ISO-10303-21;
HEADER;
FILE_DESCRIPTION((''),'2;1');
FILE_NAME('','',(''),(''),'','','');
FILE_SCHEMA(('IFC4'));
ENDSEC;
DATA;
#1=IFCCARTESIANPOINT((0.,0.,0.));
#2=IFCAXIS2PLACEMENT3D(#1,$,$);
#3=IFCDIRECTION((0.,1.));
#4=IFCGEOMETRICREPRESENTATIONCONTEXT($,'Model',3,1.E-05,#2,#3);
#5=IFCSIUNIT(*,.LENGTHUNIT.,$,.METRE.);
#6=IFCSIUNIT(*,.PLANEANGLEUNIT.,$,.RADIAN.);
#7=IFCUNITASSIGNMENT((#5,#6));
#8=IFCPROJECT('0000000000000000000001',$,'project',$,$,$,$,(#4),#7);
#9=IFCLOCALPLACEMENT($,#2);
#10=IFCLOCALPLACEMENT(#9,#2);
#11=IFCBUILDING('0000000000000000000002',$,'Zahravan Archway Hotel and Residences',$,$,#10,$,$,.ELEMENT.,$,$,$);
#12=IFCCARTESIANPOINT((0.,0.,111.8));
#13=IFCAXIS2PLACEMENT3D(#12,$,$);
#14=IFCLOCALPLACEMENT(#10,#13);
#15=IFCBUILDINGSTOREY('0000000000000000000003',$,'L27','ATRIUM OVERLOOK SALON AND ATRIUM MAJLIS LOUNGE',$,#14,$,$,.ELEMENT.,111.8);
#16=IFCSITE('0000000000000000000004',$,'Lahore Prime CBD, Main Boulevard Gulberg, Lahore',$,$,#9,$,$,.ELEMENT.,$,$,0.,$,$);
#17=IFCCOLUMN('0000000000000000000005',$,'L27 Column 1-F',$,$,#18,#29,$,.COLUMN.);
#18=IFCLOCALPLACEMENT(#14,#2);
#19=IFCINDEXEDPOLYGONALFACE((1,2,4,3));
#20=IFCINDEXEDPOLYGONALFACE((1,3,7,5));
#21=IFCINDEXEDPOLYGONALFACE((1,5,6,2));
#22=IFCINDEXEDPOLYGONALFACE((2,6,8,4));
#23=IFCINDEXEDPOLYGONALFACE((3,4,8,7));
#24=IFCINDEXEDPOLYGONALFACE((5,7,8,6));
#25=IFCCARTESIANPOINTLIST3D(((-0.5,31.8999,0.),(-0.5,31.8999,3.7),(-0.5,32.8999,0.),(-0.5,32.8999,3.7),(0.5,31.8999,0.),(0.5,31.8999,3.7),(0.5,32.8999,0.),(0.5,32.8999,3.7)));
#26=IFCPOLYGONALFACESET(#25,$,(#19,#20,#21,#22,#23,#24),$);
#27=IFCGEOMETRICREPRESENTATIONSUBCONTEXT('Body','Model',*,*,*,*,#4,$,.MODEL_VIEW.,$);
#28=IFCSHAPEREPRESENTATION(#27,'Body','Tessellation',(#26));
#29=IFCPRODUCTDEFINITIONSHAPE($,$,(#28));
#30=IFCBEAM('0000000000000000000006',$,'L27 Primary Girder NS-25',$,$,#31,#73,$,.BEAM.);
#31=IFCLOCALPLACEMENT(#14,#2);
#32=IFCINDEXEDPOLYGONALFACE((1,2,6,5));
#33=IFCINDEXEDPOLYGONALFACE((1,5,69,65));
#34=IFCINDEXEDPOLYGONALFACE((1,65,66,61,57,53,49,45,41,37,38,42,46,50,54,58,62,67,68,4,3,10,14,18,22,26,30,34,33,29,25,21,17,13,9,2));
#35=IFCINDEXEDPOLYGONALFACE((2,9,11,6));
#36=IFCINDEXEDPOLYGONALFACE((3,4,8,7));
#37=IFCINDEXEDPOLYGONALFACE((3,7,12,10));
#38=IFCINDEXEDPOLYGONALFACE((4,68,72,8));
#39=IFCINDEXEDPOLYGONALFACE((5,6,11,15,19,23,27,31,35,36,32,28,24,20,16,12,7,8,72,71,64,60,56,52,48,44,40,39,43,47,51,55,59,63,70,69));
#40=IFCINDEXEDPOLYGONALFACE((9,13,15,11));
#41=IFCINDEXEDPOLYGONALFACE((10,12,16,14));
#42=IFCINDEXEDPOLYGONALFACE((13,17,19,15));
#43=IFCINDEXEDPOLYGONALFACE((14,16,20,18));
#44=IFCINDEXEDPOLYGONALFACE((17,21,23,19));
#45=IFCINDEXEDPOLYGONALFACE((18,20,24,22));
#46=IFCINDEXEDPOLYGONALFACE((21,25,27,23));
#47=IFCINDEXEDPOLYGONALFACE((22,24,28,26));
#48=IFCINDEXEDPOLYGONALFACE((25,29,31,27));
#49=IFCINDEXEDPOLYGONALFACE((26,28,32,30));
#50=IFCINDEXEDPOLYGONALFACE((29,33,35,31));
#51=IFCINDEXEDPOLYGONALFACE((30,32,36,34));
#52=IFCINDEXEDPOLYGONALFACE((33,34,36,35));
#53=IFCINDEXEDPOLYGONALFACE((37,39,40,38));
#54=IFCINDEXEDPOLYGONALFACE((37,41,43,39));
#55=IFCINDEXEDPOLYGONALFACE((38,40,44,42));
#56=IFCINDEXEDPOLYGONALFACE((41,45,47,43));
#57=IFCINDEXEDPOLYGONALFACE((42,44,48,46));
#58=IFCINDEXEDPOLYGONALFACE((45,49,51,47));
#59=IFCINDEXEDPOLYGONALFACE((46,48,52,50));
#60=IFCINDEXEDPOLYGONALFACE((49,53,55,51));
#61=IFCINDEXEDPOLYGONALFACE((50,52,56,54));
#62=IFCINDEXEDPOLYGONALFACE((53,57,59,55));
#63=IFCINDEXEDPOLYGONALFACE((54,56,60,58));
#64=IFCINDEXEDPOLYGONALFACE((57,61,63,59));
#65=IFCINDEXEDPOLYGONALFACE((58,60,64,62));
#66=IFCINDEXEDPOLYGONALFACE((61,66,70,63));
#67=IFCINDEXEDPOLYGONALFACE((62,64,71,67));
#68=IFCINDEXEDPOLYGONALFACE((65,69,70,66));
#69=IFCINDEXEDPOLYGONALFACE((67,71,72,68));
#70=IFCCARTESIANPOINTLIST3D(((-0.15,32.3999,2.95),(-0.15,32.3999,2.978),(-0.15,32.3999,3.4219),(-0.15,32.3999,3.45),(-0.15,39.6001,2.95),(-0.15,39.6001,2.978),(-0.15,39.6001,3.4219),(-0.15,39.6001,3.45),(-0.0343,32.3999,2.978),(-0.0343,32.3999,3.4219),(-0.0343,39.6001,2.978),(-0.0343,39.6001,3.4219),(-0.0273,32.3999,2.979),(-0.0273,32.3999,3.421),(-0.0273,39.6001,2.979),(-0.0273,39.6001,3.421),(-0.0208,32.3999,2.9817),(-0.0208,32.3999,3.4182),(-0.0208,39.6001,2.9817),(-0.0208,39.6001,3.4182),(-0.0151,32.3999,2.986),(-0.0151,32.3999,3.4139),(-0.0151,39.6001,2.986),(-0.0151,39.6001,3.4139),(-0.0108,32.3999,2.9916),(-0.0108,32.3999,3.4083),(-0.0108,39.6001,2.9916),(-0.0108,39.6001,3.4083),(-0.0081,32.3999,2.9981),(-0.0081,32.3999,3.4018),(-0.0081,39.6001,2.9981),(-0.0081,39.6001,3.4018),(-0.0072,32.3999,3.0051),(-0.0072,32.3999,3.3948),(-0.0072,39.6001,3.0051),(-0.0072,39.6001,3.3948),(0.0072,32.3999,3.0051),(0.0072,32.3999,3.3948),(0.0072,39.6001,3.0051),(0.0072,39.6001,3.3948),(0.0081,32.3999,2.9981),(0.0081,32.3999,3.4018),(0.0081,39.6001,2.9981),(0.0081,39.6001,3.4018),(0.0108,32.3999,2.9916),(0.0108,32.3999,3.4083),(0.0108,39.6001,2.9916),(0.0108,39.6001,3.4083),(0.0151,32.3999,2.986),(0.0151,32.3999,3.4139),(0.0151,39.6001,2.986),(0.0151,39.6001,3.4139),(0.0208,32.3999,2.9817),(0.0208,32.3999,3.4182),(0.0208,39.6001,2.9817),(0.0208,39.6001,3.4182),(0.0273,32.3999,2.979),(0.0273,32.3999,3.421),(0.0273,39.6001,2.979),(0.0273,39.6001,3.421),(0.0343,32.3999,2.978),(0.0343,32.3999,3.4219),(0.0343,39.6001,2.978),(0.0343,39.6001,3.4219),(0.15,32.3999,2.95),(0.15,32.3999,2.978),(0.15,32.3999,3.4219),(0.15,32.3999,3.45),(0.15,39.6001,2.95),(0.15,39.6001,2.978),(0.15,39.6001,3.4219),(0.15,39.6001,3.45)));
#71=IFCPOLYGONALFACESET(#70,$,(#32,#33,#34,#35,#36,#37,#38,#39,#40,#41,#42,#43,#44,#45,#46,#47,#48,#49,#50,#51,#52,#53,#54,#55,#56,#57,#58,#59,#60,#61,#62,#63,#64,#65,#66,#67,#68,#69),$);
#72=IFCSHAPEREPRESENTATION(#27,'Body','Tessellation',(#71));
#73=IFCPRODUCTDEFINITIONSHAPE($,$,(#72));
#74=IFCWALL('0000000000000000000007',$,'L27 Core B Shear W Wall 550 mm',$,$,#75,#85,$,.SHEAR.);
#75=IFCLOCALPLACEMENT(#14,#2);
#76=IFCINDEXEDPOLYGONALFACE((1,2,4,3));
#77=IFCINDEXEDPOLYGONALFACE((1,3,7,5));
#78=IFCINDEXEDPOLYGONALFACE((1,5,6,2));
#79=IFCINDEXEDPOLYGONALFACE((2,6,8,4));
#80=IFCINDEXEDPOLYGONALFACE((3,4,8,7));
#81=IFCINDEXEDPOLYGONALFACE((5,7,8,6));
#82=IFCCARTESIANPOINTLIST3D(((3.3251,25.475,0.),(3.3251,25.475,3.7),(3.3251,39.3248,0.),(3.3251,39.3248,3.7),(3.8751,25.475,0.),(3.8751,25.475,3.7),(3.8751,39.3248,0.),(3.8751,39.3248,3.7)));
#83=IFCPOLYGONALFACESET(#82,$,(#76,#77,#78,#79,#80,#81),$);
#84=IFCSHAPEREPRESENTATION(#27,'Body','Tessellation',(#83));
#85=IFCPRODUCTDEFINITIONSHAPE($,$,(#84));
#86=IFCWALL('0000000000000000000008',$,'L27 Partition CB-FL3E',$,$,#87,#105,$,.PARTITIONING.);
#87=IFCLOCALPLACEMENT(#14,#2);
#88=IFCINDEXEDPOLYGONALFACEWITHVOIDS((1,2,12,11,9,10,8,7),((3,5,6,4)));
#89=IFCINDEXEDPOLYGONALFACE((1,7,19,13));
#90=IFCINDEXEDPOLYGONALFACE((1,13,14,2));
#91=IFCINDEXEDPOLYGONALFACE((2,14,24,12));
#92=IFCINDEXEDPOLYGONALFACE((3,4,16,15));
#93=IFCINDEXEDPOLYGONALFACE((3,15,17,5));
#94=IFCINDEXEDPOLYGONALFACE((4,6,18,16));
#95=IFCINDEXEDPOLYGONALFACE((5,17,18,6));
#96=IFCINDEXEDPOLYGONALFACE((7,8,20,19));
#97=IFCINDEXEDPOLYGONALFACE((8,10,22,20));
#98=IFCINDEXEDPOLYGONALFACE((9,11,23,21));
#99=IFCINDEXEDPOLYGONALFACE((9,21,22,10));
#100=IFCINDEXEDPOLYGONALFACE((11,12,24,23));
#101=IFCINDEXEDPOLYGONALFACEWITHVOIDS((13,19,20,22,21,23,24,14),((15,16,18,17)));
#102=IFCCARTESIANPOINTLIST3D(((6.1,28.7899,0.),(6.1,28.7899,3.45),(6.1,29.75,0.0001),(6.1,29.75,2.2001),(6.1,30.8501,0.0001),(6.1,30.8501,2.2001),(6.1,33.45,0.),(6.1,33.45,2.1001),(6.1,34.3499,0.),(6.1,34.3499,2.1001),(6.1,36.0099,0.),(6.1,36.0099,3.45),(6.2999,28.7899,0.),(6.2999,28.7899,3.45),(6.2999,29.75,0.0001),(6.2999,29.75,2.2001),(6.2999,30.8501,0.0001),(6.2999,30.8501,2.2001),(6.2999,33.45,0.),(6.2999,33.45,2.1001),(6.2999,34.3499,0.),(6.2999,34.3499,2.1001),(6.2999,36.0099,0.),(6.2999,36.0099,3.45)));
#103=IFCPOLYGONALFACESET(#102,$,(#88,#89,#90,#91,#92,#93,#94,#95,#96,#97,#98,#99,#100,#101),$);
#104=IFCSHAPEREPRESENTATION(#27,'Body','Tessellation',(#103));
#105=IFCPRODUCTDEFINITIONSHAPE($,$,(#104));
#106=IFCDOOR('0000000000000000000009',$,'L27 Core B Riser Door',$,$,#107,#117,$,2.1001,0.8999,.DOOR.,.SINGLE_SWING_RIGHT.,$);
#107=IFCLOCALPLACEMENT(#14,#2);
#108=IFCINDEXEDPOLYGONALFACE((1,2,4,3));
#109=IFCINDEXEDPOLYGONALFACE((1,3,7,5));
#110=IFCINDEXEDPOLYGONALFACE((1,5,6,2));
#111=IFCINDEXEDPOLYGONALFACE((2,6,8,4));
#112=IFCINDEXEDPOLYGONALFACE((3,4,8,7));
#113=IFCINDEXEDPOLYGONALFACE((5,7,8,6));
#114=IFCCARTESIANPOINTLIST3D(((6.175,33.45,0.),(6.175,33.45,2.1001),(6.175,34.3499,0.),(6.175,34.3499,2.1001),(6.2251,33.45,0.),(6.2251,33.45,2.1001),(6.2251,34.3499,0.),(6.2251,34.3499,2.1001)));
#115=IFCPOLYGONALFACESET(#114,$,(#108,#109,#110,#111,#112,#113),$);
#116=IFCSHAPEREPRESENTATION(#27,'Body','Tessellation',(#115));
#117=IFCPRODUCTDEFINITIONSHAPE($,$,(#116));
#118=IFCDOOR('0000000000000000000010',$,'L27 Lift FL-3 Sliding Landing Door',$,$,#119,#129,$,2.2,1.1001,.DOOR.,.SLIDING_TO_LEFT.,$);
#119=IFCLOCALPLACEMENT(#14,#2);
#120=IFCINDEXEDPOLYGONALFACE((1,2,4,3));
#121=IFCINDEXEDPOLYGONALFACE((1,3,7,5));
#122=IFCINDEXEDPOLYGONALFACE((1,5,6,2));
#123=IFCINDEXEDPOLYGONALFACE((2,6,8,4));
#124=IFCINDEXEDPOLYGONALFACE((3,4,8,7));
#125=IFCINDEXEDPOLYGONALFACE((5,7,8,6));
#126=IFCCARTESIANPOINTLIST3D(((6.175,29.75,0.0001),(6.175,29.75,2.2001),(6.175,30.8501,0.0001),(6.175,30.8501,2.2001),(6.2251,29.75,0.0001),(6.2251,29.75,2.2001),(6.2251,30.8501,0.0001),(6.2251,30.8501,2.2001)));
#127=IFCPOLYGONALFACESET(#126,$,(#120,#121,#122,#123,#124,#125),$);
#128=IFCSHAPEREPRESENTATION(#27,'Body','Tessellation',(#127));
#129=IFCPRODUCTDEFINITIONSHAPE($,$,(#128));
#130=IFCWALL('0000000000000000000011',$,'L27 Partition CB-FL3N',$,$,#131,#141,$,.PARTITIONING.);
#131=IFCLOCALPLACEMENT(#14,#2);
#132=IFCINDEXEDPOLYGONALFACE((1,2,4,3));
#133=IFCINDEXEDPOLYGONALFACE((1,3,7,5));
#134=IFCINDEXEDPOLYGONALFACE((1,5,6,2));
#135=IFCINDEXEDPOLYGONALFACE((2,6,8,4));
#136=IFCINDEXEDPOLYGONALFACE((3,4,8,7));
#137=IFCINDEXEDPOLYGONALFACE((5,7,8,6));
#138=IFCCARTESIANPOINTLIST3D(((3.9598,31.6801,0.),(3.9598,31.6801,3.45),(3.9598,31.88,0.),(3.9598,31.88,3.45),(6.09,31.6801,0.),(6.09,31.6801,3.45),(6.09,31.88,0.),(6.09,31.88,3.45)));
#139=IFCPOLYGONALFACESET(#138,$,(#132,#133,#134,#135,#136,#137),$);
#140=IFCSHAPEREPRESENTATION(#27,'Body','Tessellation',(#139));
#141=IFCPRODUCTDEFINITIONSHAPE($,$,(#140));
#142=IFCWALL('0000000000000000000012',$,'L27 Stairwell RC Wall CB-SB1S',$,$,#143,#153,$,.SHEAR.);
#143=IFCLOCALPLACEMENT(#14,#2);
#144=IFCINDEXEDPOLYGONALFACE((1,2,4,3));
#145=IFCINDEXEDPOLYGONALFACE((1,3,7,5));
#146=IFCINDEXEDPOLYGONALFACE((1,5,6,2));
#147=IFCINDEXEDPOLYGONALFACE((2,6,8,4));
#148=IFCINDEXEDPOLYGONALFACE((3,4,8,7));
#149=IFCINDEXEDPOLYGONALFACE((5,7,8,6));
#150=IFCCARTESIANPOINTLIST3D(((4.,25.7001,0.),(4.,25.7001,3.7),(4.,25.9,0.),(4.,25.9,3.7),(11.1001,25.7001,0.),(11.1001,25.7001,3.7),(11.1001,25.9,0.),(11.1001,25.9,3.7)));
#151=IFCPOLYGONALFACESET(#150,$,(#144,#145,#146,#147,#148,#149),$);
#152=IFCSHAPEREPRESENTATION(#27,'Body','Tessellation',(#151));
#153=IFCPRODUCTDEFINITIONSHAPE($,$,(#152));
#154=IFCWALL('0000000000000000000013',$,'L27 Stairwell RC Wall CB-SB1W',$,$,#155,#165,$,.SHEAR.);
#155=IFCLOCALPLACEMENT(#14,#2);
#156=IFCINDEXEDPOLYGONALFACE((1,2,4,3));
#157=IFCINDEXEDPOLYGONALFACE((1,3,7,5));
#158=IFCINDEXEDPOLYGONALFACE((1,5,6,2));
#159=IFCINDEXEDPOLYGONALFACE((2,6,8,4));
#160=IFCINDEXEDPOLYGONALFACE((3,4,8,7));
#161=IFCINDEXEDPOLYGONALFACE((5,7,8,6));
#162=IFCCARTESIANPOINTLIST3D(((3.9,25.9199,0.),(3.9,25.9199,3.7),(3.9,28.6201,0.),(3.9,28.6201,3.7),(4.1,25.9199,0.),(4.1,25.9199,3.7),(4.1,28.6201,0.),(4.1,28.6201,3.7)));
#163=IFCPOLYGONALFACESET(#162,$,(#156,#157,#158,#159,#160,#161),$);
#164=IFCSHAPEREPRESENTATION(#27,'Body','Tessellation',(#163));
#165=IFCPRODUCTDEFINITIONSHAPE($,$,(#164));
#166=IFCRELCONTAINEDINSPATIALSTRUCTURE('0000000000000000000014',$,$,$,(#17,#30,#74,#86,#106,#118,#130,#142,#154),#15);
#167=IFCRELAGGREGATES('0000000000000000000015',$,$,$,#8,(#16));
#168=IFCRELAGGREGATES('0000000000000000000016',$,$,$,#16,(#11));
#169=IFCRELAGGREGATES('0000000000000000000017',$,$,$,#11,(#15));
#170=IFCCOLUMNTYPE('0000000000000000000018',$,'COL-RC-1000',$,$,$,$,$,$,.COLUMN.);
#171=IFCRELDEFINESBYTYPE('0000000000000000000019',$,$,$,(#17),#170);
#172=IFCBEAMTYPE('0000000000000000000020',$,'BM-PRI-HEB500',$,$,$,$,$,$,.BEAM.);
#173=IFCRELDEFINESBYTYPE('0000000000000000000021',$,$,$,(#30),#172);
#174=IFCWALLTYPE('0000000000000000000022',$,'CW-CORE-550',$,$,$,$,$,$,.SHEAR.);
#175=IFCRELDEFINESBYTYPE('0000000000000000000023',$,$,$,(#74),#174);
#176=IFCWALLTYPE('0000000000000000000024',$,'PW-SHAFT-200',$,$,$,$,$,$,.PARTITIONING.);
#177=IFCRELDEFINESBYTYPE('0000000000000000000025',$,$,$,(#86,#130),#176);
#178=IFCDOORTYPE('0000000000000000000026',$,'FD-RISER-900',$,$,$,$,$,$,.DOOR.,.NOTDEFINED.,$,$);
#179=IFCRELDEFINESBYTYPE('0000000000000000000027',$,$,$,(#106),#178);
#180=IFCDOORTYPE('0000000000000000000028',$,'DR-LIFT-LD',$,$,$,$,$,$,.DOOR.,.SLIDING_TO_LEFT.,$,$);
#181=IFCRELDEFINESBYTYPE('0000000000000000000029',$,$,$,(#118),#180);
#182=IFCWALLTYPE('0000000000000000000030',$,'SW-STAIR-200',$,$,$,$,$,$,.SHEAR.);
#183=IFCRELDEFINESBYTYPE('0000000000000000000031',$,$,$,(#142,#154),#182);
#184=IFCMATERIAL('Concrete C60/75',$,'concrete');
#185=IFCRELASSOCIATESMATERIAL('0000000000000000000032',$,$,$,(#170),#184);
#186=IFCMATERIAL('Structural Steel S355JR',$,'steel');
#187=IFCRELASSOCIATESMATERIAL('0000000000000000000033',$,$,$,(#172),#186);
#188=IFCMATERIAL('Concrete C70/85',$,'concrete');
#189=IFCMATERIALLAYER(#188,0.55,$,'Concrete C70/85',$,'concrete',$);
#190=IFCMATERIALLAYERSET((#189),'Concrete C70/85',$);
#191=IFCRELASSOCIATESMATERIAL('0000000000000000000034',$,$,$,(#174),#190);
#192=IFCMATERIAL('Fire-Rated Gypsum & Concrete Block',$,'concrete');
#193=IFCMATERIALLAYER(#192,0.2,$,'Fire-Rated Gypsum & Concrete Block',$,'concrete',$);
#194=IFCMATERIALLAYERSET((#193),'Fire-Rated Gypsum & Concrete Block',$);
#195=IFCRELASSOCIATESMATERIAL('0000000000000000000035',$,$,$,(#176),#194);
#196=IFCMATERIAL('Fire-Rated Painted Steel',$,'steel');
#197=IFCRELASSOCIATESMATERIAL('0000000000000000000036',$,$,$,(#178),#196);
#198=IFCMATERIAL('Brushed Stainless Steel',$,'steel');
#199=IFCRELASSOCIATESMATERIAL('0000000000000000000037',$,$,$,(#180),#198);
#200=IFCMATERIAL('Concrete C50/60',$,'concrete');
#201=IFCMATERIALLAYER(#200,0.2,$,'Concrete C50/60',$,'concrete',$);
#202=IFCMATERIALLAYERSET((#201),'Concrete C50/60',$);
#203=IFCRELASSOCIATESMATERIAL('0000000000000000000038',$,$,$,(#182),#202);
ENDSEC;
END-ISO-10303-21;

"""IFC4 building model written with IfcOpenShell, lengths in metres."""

from ifc_helpers import new_model, si_unit, direction, frame, frame_2d, origin, origin_2d, place, context, subcontext, project, spatial, rectangle, i_section, extrude, source, transform, mapped, material, layer, layer_set, material_profile, profile_set, type_object, type_shapes, element, fill, save


model = new_model("IFC4")

# Units and contexts
model_context = context("Model", 3, precision=1e-05, world=origin(), true_north=direction((0.0, 1.0)))
body_context = subcontext(model_context, "Body", "Model", "MODEL_VIEW")
ifc_project = project(units=[si_unit("LENGTHUNIT", "METRE"), si_unit("PLANEANGLEUNIT", "RADIAN")], contexts=[model_context])

# Site, building, storey
site_placement = place(None, origin())
site = spatial("IfcSite", under=ifc_project, at=site_placement, Name="Lahore Prime CBD, Main Boulevard Gulberg, Lahore", CompositionType="ELEMENT", RefElevation=0.0)
building_placement = place(site_placement, origin())
building = spatial("IfcBuilding", under=site, at=building_placement, Name="Zahravan Archway Hotel and Residences", CompositionType="ELEMENT")
storey_placement = place(building_placement, frame((0.0, 0.0, 111.8)))
storey = spatial("IfcBuildingStorey", under=building, at=storey_placement, Name="L27", Description="ATRIUM OVERLOOK SALON AND ATRIUM MAJLIS LOUNGE", CompositionType="ELEMENT", Elevation=111.8)

# Column
ifc_material_1 = material(Name="Concrete C60/75", Category="concrete")
ifc_material_profile_1 = material_profile(ifc_material_1, rectangle(XDim=1.0, YDim=1.0, at=origin_2d()), Name="RC-COL-1000x1000", Category="concrete")
ifc_profile_set_1 = profile_set([ifc_material_profile_1], Name="Concrete C60/75")
column_type = type_object("IfcColumnType", Name="COL-RC-1000", PredefinedType="COLUMN", material=ifc_profile_set_1)
shared_shape_1 = source(origin(), body_context, "Body", "SweptSolid", [
    extrude(rectangle(XDim=1.0, YDim=1.0, at=origin_2d()), origin(), (0.0, 0.0, 1.0), 3.7),
])
type_shapes(column_type, [shared_shape_1])
column_placement = place(storey_placement, frame((0.0, 32.3999, 0.0), z_axis=(0.0, 0.0, 1.0), x_axis=(1.0, 0.0, 0.0)))
element("IfcColumn", 1, at=column_placement, inside=storey, type_object=column_type, Name="L27 Column 1-F", PredefinedType="COLUMN", context=body_context, shape_type="MappedRepresentation", body=[
    mapped(shared_shape_1, transform((0.0, 0.0, 0.0), scale=1.0)),
])

# Beam
ifc_material_2 = material(Name="Structural Steel S355JR", Category="steel")
ifc_material_profile_2 = material_profile(ifc_material_2, i_section(OverallWidth=0.3, OverallDepth=0.5, WebThickness=0.0144, FlangeThickness=0.0281, FilletRadius=0.0271, at=origin_2d()), Name="HEB 500", Category="steel")
ifc_profile_set_2 = profile_set([ifc_material_profile_2], Name="Structural Steel S355JR")
beam_type = type_object("IfcBeamType", Name="BM-PRI-HEB500", PredefinedType="BEAM", material=ifc_profile_set_2)
shared_shape_2 = source(origin(), body_context, "Body", "SweptSolid", [
    extrude(i_section(OverallWidth=0.3, OverallDepth=0.5, WebThickness=0.0144, FlangeThickness=0.0281, FilletRadius=0.0271, at=origin_2d()), origin(), (0.0, 0.0, 1.0), 7.2002),
])
type_shapes(beam_type, [shared_shape_2])
beam_placement = place(storey_placement, frame((0.0, 32.3999, 3.2), z_axis=(0.0, 1.0, 0.0), x_axis=(-1.0, 0.0, 0.0)))
element("IfcBeam", 2, at=beam_placement, inside=storey, type_object=beam_type, Name="L27 Primary Girder NS-25", PredefinedType="BEAM", context=body_context, shape_type="MappedRepresentation", body=[
    mapped(shared_shape_2, transform((0.0, 0.0, 0.0), scale=1.0)),
])

# Wall
ifc_material_3 = material(Name="Concrete C70/85", Category="concrete")
ifc_layer_1 = layer(ifc_material_3, 0.55, Name="Concrete C70/85", Category="concrete")
ifc_layer_set_1 = layer_set([ifc_layer_1], Name="Concrete C70/85")
wall_type_1 = type_object("IfcWallType", Name="CW-CORE-550", PredefinedType="SHEAR", material=ifc_layer_set_1)
wall_1_placement = place(storey_placement, frame((3.6001, 25.4751, 0.0), z_axis=(0.0, 0.0, 1.0), x_axis=(0.0, 1.0, 0.0)))
element("IfcWall", 3, at=wall_1_placement, inside=storey, type_object=wall_type_1, Name="L27 Core B Shear W Wall 550 mm", PredefinedType="SHEAR", context=body_context, shape_type="SweptSolid", body=[
    extrude(rectangle(XDim=13.8499, YDim=0.55, at=frame_2d((6.9248, 0.0))), origin(), (0.0, 0.0, 1.0), 3.7),
])

# Wall, openings, doors
ifc_material_4 = material(Name="Fire-Rated Gypsum & Concrete Block", Category="concrete")
ifc_layer_2 = layer(ifc_material_4, 0.2, Name="Fire-Rated Gypsum & Concrete Block", Category="concrete")
ifc_layer_set_2 = layer_set([ifc_layer_2], Name="Fire-Rated Gypsum & Concrete Block")
wall_type_2 = type_object("IfcWallType", Name="PW-SHAFT-200", PredefinedType="PARTITIONING", material=ifc_layer_set_2)
wall_2_placement = place(storey_placement, frame((6.2, 28.79, 0.0), z_axis=(0.0, 0.0, 1.0), x_axis=(0.0, 1.0, 0.0)))
wall_2 = element("IfcWall", 4, at=wall_2_placement, inside=storey, type_object=wall_type_2, Name="L27 Partition CB-FL3E", PredefinedType="PARTITIONING", context=body_context, shape_type="SweptSolid", body=[
    extrude(rectangle(XDim=7.22, YDim=0.2, at=frame_2d((3.6099, 0.0))), origin(), (0.0, 0.0, 1.0), 3.45),
])
opening_1_placement = place(wall_2_placement, frame((4.6599, 0.0, 0.0)))
opening_1 = element("IfcOpeningElement", 5, at=opening_1_placement, cuts=wall_2, PredefinedType="OPENING", context=body_context, shape_type="SweptSolid", body=[
    extrude(rectangle(XDim=0.8999, YDim=2.1001, at=frame_2d((0.45, 1.05))), frame((0.0, 0.1099, 0.0), z_axis=(0.0, -1.0, 0.0), x_axis=(1.0, 0.0, 0.0)), (0.0, 0.0, 1.0), 0.22),
])
opening_2_placement = place(wall_2_placement, frame((0.96, 0.0, 0.0)))
opening_2 = element("IfcOpeningElement", 6, at=opening_2_placement, cuts=wall_2, PredefinedType="OPENING", context=body_context, shape_type="SweptSolid", body=[
    extrude(rectangle(XDim=1.1001, YDim=2.2, at=frame_2d((0.55, 1.1001))), frame((0.0, 0.1099, 0.0), z_axis=(0.0, -1.0, 0.0), x_axis=(1.0, 0.0, 0.0)), (0.0, 0.0, 1.0), 0.22),
])
ifc_material_5 = material(Name="Fire-Rated Painted Steel", Category="steel")
door_type_1 = type_object("IfcDoorType", Name="FD-RISER-900", OperationType="NOTDEFINED", PredefinedType="DOOR", material=ifc_material_5)
shared_shape_3 = source(origin(), body_context, "Body", "SweptSolid", [
    extrude(rectangle(XDim=0.8999, YDim=2.1001, at=frame_2d((0.45, 1.05))), frame((0.0, 0.0249, 0.0), z_axis=(0.0, -1.0, 0.0), x_axis=(1.0, 0.0, 0.0)), (0.0, 0.0, 1.0), 0.05),
])
type_shapes(door_type_1, [shared_shape_3])
door_1_placement = place(opening_1_placement, origin())
door_1 = element("IfcDoor", 7, at=door_1_placement, inside=storey, type_object=door_type_1, Name="L27 Core B Riser Door", OperationType="SINGLE_SWING_RIGHT", OverallHeight=2.1001, OverallWidth=0.8999, PredefinedType="DOOR", context=body_context, shape_type="MappedRepresentation", body=[
    mapped(shared_shape_3, transform((0.0, 0.0, 0.0), scale=1.0)),
])
fill(opening_1, door_1)
ifc_material_6 = material(Name="Brushed Stainless Steel", Category="steel")
door_type_2 = type_object("IfcDoorType", Name="DR-LIFT-LD", OperationType="SLIDING_TO_LEFT", PredefinedType="DOOR", material=ifc_material_6)
shared_shape_4 = source(origin(), body_context, "Body", "SweptSolid", [
    extrude(rectangle(XDim=1.1001, YDim=2.2, at=frame_2d((0.55, 1.1001))), frame((0.0, 0.0249, 0.0), z_axis=(0.0, -1.0, 0.0), x_axis=(1.0, 0.0, 0.0)), (0.0, 0.0, 1.0), 0.05),
])
type_shapes(door_type_2, [shared_shape_4])
door_2_placement = place(opening_2_placement, origin())
door_2 = element("IfcDoor", 8, at=door_2_placement, inside=storey, type_object=door_type_2, Name="L27 Lift FL-3 Sliding Landing Door", OperationType="SLIDING_TO_LEFT", OverallHeight=2.2, OverallWidth=1.1001, PredefinedType="DOOR", context=body_context, shape_type="MappedRepresentation", body=[
    mapped(shared_shape_4, transform((0.0, 0.0, 0.0), scale=1.0)),
])
fill(opening_2, door_2)

# Walls
wall_3_placement = place(storey_placement, frame((3.96, 31.78, 0.0), z_axis=(0.0, 0.0, 1.0), x_axis=(1.0, 0.0, 0.0)))
element("IfcWall", 9, at=wall_3_placement, inside=storey, type_object=wall_type_2, Name="L27 Partition CB-FL3N", PredefinedType="PARTITIONING", context=body_context, shape_type="SweptSolid", body=[
    extrude(rectangle(XDim=2.1301, YDim=0.2, at=frame_2d((1.0649, 0.0))), origin(), (0.0, 0.0, 1.0), 3.45),
])
ifc_material_7 = material(Name="Concrete C50/60", Category="concrete")
ifc_layer_3 = layer(ifc_material_7, 0.2, Name="Concrete C50/60", Category="concrete")
ifc_layer_set_3 = layer_set([ifc_layer_3], Name="Concrete C50/60")
wall_type_3 = type_object("IfcWallType", Name="SW-STAIR-200", PredefinedType="SHEAR", material=ifc_layer_set_3)
wall_4_placement = place(storey_placement, frame((4.0, 25.8, 0.0), z_axis=(0.0, 0.0, 1.0), x_axis=(1.0, 0.0, 0.0)))
element("IfcWall", 10, at=wall_4_placement, inside=storey, type_object=wall_type_3, Name="L27 Stairwell RC Wall CB-SB1S", PredefinedType="SHEAR", context=body_context, shape_type="SweptSolid", body=[
    extrude(rectangle(XDim=7.1001, YDim=0.2, at=frame_2d((3.55, 0.0))), origin(), (0.0, 0.0, 1.0), 3.7),
])
wall_5_placement = place(storey_placement, frame((4.0, 25.9199, 0.0), z_axis=(0.0, 0.0, 1.0), x_axis=(0.0, 1.0, 0.0)))
element("IfcWall", 11, at=wall_5_placement, inside=storey, type_object=wall_type_3, Name="L27 Stairwell RC Wall CB-SB1W", PredefinedType="SHEAR", context=body_context, shape_type="SweptSolid", body=[
    extrude(rectangle(XDim=2.7002, YDim=0.2, at=frame_2d((1.3501, 0.0))), origin(), (0.0, 0.0, 1.0), 3.7),
])

save(model, "model.ifc")
